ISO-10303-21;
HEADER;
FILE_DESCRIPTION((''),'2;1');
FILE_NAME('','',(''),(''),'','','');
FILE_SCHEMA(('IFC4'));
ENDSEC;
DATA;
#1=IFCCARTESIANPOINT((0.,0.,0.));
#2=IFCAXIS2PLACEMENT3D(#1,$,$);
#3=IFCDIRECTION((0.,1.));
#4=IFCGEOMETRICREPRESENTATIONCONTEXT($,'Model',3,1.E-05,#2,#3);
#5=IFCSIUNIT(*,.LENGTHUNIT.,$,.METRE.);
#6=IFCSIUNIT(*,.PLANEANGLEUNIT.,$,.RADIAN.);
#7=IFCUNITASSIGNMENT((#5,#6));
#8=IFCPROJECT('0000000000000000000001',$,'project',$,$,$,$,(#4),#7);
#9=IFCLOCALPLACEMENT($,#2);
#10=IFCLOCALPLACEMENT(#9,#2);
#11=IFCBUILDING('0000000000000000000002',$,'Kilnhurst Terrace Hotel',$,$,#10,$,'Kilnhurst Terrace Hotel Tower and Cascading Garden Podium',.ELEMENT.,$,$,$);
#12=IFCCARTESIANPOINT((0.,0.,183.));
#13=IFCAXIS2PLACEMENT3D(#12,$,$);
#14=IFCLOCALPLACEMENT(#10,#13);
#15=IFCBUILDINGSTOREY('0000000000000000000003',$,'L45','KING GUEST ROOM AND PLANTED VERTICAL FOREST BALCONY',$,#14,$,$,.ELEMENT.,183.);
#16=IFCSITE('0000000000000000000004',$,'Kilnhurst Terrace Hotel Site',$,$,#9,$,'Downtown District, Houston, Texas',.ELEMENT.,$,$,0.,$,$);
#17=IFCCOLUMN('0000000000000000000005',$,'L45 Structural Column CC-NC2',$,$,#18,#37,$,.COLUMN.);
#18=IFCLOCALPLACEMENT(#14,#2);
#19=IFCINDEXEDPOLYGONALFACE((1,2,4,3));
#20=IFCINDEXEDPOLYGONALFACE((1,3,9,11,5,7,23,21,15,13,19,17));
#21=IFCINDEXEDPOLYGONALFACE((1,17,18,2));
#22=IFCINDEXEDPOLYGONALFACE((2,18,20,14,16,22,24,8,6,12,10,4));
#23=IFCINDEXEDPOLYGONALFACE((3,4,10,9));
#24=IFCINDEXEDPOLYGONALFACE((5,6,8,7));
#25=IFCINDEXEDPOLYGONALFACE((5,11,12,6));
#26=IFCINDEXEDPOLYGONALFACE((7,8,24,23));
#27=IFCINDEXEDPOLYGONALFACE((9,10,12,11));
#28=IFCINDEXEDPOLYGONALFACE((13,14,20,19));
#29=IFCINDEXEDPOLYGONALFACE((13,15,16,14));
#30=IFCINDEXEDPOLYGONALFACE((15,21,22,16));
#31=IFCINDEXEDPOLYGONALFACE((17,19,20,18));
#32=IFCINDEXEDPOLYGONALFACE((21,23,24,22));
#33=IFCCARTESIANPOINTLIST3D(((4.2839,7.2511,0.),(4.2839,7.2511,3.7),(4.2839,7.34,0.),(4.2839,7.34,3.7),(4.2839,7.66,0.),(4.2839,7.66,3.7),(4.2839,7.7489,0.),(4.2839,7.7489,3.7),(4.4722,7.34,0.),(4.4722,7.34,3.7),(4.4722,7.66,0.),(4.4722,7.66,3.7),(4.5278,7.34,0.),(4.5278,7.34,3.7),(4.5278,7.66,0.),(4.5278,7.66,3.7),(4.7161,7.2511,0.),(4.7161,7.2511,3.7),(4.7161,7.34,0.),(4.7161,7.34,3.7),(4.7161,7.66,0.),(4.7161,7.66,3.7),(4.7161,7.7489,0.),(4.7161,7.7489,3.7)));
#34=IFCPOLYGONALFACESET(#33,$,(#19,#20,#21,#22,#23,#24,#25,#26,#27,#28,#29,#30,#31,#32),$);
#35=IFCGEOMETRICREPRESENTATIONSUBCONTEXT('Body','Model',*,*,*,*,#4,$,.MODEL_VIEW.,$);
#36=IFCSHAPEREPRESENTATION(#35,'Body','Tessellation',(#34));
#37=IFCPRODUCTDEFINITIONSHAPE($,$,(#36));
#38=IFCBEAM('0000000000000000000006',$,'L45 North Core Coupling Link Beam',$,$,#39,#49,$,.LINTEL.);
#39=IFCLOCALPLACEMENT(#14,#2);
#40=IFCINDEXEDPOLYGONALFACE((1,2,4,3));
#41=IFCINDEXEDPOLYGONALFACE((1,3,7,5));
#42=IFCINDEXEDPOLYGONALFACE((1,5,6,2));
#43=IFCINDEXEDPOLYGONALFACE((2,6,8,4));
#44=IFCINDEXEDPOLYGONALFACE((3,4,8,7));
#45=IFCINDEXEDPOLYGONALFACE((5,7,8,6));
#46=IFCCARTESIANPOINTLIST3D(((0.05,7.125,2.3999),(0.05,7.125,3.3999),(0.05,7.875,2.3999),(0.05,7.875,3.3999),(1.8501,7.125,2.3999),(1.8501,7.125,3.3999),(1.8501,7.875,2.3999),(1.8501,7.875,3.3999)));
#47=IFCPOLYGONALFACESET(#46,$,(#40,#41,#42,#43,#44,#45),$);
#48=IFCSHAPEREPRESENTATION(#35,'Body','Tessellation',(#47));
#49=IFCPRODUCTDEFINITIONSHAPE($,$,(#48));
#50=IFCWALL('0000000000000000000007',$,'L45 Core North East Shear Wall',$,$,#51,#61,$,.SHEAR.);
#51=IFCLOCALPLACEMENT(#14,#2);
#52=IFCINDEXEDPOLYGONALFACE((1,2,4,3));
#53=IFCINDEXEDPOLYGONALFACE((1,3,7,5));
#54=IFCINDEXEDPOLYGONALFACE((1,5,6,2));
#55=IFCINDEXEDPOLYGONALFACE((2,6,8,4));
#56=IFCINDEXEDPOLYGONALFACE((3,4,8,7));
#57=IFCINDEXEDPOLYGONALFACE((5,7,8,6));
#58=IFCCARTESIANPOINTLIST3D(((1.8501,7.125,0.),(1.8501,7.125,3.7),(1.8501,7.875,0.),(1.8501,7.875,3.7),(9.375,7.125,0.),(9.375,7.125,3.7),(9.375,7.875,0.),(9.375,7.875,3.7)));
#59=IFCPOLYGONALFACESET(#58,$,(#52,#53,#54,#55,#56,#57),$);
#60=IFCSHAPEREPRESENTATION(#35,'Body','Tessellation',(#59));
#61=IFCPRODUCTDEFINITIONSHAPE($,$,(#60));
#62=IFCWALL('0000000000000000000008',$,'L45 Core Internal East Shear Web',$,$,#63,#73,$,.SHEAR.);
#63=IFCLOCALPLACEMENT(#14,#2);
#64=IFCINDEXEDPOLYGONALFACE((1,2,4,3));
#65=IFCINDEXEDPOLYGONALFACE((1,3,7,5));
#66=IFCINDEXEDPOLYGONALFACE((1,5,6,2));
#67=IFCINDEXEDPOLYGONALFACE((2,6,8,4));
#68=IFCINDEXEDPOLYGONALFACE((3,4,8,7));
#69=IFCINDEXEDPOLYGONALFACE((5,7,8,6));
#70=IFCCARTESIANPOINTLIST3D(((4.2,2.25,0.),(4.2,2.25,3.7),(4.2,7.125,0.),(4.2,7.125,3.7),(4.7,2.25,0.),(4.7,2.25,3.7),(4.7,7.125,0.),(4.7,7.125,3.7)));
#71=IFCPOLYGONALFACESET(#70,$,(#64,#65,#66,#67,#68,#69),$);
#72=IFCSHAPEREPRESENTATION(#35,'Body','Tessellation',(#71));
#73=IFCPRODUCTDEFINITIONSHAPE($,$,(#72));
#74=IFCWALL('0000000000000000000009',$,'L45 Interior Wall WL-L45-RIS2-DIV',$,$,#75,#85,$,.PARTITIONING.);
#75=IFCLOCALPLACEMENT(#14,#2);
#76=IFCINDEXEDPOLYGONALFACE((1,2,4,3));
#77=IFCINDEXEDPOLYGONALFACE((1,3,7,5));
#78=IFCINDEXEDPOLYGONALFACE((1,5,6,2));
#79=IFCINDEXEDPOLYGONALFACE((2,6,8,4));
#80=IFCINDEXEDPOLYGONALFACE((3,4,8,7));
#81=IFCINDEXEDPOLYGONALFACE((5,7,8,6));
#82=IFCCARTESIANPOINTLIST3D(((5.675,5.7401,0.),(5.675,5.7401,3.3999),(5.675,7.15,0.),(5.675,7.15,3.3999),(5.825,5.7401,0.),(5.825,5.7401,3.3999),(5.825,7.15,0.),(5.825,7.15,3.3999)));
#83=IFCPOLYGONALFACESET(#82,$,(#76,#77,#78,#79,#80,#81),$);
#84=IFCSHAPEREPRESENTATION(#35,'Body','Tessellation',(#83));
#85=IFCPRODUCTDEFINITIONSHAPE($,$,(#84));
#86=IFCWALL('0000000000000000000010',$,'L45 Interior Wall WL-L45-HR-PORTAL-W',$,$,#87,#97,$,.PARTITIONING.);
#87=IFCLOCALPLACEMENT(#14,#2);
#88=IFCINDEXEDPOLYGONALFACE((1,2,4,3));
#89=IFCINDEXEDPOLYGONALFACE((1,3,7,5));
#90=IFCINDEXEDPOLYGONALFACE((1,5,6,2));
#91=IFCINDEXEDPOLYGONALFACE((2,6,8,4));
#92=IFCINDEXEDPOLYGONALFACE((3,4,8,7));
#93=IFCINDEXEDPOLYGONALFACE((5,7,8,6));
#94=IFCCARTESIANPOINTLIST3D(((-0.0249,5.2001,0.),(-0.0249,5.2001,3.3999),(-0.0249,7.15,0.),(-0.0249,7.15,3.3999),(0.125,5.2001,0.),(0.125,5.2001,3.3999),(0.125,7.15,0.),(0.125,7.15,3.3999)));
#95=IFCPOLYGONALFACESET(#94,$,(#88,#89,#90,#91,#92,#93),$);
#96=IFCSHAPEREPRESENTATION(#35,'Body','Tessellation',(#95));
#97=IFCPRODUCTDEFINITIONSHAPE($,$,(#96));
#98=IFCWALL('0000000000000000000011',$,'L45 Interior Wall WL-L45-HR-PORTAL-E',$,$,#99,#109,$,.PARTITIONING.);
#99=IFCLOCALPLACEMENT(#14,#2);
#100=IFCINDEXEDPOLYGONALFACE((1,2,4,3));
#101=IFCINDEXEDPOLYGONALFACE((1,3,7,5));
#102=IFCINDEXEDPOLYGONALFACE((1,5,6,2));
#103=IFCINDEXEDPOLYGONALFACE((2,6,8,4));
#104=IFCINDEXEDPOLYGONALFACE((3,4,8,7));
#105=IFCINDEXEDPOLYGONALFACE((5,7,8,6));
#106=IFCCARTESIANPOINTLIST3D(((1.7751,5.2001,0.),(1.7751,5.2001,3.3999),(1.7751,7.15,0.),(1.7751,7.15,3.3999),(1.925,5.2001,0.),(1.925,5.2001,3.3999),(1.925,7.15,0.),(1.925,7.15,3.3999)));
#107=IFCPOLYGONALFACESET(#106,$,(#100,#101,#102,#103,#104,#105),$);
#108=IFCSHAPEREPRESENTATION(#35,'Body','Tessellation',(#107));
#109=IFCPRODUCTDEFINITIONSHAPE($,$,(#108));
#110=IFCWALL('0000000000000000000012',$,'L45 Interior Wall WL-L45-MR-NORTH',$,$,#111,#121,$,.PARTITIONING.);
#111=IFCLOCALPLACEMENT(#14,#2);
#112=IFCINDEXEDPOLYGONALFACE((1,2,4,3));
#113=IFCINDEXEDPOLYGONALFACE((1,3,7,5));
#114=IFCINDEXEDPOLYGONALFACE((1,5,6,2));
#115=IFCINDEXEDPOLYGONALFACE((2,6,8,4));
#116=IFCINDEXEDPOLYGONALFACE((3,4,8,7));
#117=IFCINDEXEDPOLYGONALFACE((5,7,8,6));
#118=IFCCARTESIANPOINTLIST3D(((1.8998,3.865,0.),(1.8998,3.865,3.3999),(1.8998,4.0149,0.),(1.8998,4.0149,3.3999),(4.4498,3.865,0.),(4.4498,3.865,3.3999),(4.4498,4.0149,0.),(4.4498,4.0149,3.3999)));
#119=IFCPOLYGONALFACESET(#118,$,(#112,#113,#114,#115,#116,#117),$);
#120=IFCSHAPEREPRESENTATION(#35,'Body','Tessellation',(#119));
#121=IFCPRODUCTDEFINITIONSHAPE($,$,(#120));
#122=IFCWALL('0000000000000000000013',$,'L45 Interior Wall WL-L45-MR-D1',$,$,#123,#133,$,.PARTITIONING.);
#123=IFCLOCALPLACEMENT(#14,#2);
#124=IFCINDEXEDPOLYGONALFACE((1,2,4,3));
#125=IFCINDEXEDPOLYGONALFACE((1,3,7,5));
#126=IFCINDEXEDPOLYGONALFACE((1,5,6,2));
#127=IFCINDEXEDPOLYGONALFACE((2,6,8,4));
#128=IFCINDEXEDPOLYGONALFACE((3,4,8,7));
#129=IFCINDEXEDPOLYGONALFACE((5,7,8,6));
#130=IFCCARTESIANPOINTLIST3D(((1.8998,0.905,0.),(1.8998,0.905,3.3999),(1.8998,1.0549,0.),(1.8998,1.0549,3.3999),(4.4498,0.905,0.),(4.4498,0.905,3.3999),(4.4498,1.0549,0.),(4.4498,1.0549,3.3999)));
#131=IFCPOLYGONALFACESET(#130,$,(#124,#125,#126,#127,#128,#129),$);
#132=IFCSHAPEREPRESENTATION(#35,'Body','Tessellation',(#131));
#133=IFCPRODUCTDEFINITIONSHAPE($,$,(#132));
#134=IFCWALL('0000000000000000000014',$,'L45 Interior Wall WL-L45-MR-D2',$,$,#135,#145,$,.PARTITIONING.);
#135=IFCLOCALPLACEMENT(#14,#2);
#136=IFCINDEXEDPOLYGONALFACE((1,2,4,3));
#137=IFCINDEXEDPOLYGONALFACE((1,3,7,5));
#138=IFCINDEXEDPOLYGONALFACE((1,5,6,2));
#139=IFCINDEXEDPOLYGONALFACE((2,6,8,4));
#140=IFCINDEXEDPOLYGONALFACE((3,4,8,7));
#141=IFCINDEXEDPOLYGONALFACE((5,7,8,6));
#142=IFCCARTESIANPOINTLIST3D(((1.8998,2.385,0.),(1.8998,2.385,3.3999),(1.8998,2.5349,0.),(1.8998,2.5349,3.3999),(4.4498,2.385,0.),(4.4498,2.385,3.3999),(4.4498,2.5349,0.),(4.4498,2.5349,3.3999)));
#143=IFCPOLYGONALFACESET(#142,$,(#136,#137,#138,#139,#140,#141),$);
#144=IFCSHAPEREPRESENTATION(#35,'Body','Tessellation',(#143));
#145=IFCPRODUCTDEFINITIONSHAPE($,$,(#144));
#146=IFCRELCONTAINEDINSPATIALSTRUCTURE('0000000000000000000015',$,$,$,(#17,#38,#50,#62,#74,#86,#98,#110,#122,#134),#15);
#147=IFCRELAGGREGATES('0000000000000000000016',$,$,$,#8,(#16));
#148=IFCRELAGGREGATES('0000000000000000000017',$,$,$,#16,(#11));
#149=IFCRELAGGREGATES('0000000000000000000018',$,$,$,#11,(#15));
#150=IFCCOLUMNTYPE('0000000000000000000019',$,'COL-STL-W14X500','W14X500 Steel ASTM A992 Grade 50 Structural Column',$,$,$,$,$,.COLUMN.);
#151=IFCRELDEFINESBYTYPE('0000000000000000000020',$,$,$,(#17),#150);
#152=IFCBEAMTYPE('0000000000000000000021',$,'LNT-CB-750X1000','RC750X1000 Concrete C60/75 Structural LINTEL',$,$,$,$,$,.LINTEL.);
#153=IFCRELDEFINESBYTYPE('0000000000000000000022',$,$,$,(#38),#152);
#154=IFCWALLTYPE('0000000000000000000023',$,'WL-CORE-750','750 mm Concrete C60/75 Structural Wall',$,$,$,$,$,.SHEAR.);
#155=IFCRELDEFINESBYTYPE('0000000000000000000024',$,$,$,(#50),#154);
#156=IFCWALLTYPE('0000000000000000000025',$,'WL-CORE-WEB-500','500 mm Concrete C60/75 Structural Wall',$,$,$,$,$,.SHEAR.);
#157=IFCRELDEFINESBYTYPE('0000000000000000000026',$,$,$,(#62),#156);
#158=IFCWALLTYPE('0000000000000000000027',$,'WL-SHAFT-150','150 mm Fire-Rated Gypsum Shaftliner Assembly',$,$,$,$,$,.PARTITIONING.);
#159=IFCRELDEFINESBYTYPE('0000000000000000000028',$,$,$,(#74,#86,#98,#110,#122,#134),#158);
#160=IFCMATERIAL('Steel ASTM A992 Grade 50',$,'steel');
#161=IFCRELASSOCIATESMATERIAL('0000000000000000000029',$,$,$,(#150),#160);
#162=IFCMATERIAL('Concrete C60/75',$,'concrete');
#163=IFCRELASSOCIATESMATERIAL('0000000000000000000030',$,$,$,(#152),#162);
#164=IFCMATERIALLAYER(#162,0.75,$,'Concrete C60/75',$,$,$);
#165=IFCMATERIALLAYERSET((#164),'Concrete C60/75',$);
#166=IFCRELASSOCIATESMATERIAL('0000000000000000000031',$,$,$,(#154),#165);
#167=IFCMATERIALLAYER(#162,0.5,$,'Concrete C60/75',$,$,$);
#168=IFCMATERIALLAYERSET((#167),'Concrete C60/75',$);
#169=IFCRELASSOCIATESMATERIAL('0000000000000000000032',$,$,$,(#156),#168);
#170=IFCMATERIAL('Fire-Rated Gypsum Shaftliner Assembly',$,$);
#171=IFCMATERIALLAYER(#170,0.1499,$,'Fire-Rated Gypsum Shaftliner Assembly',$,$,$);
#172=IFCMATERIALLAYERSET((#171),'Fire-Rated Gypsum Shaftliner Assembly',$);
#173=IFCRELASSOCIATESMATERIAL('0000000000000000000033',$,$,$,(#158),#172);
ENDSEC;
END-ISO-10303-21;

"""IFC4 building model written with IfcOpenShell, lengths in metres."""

from ifc_helpers import new_model, si_unit, direction, frame, frame_2d, origin, origin_2d, place, context, subcontext, project, spatial, rectangle, i_section, extrude, material, layer, layer_set, material_profile, profile_set, type_object, element, save


model = new_model("IFC4")

# Units and contexts
model_context = context("Model", 3, precision=1e-05, world=origin(), true_north=direction((0.0, 1.0)))
body_context = subcontext(model_context, "Body", "Model", "MODEL_VIEW")
ifc_project = project(units=[si_unit("LENGTHUNIT", "METRE"), si_unit("PLANEANGLEUNIT", "RADIAN")], contexts=[model_context])

# Site, building, storey
site_placement = place(None, origin())
site = spatial("IfcSite", under=ifc_project, at=site_placement, Name="Kilnhurst Terrace Hotel Site", LongName="Downtown District, Houston, Texas", CompositionType="ELEMENT", RefElevation=0.0)
building_placement = place(site_placement, origin())
building = spatial("IfcBuilding", under=site, at=building_placement, Name="Kilnhurst Terrace Hotel", LongName="Kilnhurst Terrace Hotel Tower and Cascading Garden Podium", CompositionType="ELEMENT")
storey_placement = place(building_placement, frame((0.0, 0.0, 183.0)))
storey = spatial("IfcBuildingStorey", under=building, at=storey_placement, Name="L45", Description="KING GUEST ROOM AND PLANTED VERTICAL FOREST BALCONY", CompositionType="ELEMENT", Elevation=183.0)

# Column
ifc_material_1 = material(Name="Steel ASTM A992 Grade 50", Category="steel")
ifc_material_profile_1 = material_profile(ifc_material_1, i_section(OverallWidth=0.4321, OverallDepth=0.4978, WebThickness=0.0557, FlangeThickness=0.0889, at=origin_2d()), Name="W14X500")
ifc_profile_set_1 = profile_set([ifc_material_profile_1], Name="Steel ASTM A992 Grade 50")
column_type = type_object("IfcColumnType", Name="COL-STL-W14X500", Description="W14X500 Steel ASTM A992 Grade 50 Structural Column", PredefinedType="COLUMN", material=ifc_profile_set_1)
column_placement = place(storey_placement, frame((4.5, 7.5, 0.0), z_axis=(0.0, 0.0, 1.0), x_axis=(1.0, 0.0, 0.0)))
element("IfcColumn", 1, at=column_placement, inside=storey, type_object=column_type, Name="L45 Structural Column CC-NC2", PredefinedType="COLUMN", context=body_context, shape_type="SweptSolid", body=[
    extrude(i_section(OverallWidth=0.4321, OverallDepth=0.4978, WebThickness=0.0557, FlangeThickness=0.0889, at=origin_2d()), origin(), (0.0, 0.0, 1.0), 3.7),
])

# Beam
ifc_material_2 = material(Name="Concrete C60/75", Category="concrete")
ifc_material_profile_2 = material_profile(ifc_material_2, rectangle(XDim=0.75, YDim=1.0, at=origin_2d()), Name="RC750X1000")
ifc_profile_set_2 = profile_set([ifc_material_profile_2], Name="Concrete C60/75")
beam_type = type_object("IfcBeamType", Name="LNT-CB-750X1000", Description="RC750X1000 Concrete C60/75 Structural LINTEL", PredefinedType="LINTEL", material=ifc_profile_set_2)
beam_placement = place(storey_placement, frame((0.05, 7.5, 2.8999), z_axis=(1.0, 0.0, 0.0), x_axis=(0.0, 1.0, 0.0)))
element("IfcBeam", 2, at=beam_placement, inside=storey, type_object=beam_type, Name="L45 North Core Coupling Link Beam", PredefinedType="LINTEL", context=body_context, shape_type="SweptSolid", body=[
    extrude(rectangle(XDim=0.75, YDim=1.0, at=origin_2d()), origin(), (0.0, 0.0, 1.0), 1.8),
])

# Walls
ifc_layer_1 = layer(ifc_material_2, 0.75, Name="Concrete C60/75")
ifc_layer_set_1 = layer_set([ifc_layer_1], Name="Concrete C60/75")
wall_type_1 = type_object("IfcWallType", Name="WL-CORE-750", Description="750 mm Concrete C60/75 Structural Wall", PredefinedType="SHEAR", material=ifc_layer_set_1)
wall_1_placement = place(storey_placement, frame((1.8501, 7.5, 0.0), z_axis=(0.0, 0.0, 1.0), x_axis=(1.0, 0.0, 0.0)))
element("IfcWall", 3, at=wall_1_placement, inside=storey, type_object=wall_type_1, Name="L45 Core North East Shear Wall", PredefinedType="SHEAR", context=body_context, shape_type="SweptSolid", body=[
    extrude(rectangle(XDim=7.5249, YDim=0.75, at=frame_2d((3.7625, 0.0))), origin(), (0.0, 0.0, 1.0), 3.7),
])
ifc_layer_2 = layer(ifc_material_2, 0.5, Name="Concrete C60/75")
ifc_layer_set_2 = layer_set([ifc_layer_2], Name="Concrete C60/75")
wall_type_2 = type_object("IfcWallType", Name="WL-CORE-WEB-500", Description="500 mm Concrete C60/75 Structural Wall", PredefinedType="SHEAR", material=ifc_layer_set_2)
wall_2_placement = place(storey_placement, frame((4.45, 2.25, 0.0), z_axis=(0.0, 0.0, 1.0), x_axis=(0.0, 1.0, 0.0)))
element("IfcWall", 4, at=wall_2_placement, inside=storey, type_object=wall_type_2, Name="L45 Core Internal East Shear Web", PredefinedType="SHEAR", context=body_context, shape_type="SweptSolid", body=[
    extrude(rectangle(XDim=4.875, YDim=0.5, at=frame_2d((2.4375, 0.0))), origin(), (0.0, 0.0, 1.0), 3.7),
])
ifc_material_3 = material(Name="Fire-Rated Gypsum Shaftliner Assembly")
ifc_layer_3 = layer(ifc_material_3, 0.1499, Name="Fire-Rated Gypsum Shaftliner Assembly")
ifc_layer_set_3 = layer_set([ifc_layer_3], Name="Fire-Rated Gypsum Shaftliner Assembly")
wall_type_3 = type_object("IfcWallType", Name="WL-SHAFT-150", Description="150 mm Fire-Rated Gypsum Shaftliner Assembly", PredefinedType="PARTITIONING", material=ifc_layer_set_3)
wall_3_placement = place(storey_placement, frame((5.75, 5.74, 0.0), z_axis=(0.0, 0.0, 1.0), x_axis=(0.0, 1.0, 0.0)))
element("IfcWall", 5, at=wall_3_placement, inside=storey, type_object=wall_type_3, Name="L45 Interior Wall WL-L45-RIS2-DIV", PredefinedType="PARTITIONING", context=body_context, shape_type="SweptSolid", body=[
    extrude(rectangle(XDim=1.4099, YDim=0.1499, at=frame_2d((0.7051, 0.0))), origin(), (0.0, 0.0, 1.0), 3.3999),
])
for number, where, z_axis, x_axis, name in (
    (6, (0.05, 5.2, 0.0), (0.0, 0.0, 1.0), (0.0, 1.0, 0.0), "L45 Interior Wall WL-L45-HR-PORTAL-W"),
    (7, (1.8501, 5.2, 0.0), (0.0, 0.0, 1.0), (0.0, 1.0, 0.0), "L45 Interior Wall WL-L45-HR-PORTAL-E"),
):
    element("IfcWall", number, at=place(storey_placement, frame(where, z_axis=z_axis, x_axis=x_axis)), inside=storey, type_object=wall_type_3, Name=name, PredefinedType="PARTITIONING", context=body_context, shape_type="SweptSolid", body=[
        extrude(rectangle(XDim=1.95, YDim=0.1499, at=frame_2d((0.9751, 0.0))), origin(), (0.0, 0.0, 1.0), 3.3999),
    ])
for number, where, z_axis, x_axis, name in (
    (8, (1.8999, 3.9399, 0.0), (0.0, 0.0, 1.0), (1.0, 0.0, 0.0), "L45 Interior Wall WL-L45-MR-NORTH"),
    (9, (1.8999, 0.98, 0.0), (0.0, 0.0, 1.0), (1.0, 0.0, 0.0), "L45 Interior Wall WL-L45-MR-D1"),
    (10, (1.8999, 2.46, 0.0), (0.0, 0.0, 1.0), (1.0, 0.0, 0.0), "L45 Interior Wall WL-L45-MR-D2"),
):
    element("IfcWall", number, at=place(storey_placement, frame(where, z_axis=z_axis, x_axis=x_axis)), inside=storey, type_object=wall_type_3, Name=name, PredefinedType="PARTITIONING", context=body_context, shape_type="SweptSolid", body=[
        extrude(rectangle(XDim=2.55, YDim=0.1499, at=frame_2d((1.2749, 0.0))), origin(), (0.0, 0.0, 1.0), 3.3999),
    ])

save(model, "model.ifc")
